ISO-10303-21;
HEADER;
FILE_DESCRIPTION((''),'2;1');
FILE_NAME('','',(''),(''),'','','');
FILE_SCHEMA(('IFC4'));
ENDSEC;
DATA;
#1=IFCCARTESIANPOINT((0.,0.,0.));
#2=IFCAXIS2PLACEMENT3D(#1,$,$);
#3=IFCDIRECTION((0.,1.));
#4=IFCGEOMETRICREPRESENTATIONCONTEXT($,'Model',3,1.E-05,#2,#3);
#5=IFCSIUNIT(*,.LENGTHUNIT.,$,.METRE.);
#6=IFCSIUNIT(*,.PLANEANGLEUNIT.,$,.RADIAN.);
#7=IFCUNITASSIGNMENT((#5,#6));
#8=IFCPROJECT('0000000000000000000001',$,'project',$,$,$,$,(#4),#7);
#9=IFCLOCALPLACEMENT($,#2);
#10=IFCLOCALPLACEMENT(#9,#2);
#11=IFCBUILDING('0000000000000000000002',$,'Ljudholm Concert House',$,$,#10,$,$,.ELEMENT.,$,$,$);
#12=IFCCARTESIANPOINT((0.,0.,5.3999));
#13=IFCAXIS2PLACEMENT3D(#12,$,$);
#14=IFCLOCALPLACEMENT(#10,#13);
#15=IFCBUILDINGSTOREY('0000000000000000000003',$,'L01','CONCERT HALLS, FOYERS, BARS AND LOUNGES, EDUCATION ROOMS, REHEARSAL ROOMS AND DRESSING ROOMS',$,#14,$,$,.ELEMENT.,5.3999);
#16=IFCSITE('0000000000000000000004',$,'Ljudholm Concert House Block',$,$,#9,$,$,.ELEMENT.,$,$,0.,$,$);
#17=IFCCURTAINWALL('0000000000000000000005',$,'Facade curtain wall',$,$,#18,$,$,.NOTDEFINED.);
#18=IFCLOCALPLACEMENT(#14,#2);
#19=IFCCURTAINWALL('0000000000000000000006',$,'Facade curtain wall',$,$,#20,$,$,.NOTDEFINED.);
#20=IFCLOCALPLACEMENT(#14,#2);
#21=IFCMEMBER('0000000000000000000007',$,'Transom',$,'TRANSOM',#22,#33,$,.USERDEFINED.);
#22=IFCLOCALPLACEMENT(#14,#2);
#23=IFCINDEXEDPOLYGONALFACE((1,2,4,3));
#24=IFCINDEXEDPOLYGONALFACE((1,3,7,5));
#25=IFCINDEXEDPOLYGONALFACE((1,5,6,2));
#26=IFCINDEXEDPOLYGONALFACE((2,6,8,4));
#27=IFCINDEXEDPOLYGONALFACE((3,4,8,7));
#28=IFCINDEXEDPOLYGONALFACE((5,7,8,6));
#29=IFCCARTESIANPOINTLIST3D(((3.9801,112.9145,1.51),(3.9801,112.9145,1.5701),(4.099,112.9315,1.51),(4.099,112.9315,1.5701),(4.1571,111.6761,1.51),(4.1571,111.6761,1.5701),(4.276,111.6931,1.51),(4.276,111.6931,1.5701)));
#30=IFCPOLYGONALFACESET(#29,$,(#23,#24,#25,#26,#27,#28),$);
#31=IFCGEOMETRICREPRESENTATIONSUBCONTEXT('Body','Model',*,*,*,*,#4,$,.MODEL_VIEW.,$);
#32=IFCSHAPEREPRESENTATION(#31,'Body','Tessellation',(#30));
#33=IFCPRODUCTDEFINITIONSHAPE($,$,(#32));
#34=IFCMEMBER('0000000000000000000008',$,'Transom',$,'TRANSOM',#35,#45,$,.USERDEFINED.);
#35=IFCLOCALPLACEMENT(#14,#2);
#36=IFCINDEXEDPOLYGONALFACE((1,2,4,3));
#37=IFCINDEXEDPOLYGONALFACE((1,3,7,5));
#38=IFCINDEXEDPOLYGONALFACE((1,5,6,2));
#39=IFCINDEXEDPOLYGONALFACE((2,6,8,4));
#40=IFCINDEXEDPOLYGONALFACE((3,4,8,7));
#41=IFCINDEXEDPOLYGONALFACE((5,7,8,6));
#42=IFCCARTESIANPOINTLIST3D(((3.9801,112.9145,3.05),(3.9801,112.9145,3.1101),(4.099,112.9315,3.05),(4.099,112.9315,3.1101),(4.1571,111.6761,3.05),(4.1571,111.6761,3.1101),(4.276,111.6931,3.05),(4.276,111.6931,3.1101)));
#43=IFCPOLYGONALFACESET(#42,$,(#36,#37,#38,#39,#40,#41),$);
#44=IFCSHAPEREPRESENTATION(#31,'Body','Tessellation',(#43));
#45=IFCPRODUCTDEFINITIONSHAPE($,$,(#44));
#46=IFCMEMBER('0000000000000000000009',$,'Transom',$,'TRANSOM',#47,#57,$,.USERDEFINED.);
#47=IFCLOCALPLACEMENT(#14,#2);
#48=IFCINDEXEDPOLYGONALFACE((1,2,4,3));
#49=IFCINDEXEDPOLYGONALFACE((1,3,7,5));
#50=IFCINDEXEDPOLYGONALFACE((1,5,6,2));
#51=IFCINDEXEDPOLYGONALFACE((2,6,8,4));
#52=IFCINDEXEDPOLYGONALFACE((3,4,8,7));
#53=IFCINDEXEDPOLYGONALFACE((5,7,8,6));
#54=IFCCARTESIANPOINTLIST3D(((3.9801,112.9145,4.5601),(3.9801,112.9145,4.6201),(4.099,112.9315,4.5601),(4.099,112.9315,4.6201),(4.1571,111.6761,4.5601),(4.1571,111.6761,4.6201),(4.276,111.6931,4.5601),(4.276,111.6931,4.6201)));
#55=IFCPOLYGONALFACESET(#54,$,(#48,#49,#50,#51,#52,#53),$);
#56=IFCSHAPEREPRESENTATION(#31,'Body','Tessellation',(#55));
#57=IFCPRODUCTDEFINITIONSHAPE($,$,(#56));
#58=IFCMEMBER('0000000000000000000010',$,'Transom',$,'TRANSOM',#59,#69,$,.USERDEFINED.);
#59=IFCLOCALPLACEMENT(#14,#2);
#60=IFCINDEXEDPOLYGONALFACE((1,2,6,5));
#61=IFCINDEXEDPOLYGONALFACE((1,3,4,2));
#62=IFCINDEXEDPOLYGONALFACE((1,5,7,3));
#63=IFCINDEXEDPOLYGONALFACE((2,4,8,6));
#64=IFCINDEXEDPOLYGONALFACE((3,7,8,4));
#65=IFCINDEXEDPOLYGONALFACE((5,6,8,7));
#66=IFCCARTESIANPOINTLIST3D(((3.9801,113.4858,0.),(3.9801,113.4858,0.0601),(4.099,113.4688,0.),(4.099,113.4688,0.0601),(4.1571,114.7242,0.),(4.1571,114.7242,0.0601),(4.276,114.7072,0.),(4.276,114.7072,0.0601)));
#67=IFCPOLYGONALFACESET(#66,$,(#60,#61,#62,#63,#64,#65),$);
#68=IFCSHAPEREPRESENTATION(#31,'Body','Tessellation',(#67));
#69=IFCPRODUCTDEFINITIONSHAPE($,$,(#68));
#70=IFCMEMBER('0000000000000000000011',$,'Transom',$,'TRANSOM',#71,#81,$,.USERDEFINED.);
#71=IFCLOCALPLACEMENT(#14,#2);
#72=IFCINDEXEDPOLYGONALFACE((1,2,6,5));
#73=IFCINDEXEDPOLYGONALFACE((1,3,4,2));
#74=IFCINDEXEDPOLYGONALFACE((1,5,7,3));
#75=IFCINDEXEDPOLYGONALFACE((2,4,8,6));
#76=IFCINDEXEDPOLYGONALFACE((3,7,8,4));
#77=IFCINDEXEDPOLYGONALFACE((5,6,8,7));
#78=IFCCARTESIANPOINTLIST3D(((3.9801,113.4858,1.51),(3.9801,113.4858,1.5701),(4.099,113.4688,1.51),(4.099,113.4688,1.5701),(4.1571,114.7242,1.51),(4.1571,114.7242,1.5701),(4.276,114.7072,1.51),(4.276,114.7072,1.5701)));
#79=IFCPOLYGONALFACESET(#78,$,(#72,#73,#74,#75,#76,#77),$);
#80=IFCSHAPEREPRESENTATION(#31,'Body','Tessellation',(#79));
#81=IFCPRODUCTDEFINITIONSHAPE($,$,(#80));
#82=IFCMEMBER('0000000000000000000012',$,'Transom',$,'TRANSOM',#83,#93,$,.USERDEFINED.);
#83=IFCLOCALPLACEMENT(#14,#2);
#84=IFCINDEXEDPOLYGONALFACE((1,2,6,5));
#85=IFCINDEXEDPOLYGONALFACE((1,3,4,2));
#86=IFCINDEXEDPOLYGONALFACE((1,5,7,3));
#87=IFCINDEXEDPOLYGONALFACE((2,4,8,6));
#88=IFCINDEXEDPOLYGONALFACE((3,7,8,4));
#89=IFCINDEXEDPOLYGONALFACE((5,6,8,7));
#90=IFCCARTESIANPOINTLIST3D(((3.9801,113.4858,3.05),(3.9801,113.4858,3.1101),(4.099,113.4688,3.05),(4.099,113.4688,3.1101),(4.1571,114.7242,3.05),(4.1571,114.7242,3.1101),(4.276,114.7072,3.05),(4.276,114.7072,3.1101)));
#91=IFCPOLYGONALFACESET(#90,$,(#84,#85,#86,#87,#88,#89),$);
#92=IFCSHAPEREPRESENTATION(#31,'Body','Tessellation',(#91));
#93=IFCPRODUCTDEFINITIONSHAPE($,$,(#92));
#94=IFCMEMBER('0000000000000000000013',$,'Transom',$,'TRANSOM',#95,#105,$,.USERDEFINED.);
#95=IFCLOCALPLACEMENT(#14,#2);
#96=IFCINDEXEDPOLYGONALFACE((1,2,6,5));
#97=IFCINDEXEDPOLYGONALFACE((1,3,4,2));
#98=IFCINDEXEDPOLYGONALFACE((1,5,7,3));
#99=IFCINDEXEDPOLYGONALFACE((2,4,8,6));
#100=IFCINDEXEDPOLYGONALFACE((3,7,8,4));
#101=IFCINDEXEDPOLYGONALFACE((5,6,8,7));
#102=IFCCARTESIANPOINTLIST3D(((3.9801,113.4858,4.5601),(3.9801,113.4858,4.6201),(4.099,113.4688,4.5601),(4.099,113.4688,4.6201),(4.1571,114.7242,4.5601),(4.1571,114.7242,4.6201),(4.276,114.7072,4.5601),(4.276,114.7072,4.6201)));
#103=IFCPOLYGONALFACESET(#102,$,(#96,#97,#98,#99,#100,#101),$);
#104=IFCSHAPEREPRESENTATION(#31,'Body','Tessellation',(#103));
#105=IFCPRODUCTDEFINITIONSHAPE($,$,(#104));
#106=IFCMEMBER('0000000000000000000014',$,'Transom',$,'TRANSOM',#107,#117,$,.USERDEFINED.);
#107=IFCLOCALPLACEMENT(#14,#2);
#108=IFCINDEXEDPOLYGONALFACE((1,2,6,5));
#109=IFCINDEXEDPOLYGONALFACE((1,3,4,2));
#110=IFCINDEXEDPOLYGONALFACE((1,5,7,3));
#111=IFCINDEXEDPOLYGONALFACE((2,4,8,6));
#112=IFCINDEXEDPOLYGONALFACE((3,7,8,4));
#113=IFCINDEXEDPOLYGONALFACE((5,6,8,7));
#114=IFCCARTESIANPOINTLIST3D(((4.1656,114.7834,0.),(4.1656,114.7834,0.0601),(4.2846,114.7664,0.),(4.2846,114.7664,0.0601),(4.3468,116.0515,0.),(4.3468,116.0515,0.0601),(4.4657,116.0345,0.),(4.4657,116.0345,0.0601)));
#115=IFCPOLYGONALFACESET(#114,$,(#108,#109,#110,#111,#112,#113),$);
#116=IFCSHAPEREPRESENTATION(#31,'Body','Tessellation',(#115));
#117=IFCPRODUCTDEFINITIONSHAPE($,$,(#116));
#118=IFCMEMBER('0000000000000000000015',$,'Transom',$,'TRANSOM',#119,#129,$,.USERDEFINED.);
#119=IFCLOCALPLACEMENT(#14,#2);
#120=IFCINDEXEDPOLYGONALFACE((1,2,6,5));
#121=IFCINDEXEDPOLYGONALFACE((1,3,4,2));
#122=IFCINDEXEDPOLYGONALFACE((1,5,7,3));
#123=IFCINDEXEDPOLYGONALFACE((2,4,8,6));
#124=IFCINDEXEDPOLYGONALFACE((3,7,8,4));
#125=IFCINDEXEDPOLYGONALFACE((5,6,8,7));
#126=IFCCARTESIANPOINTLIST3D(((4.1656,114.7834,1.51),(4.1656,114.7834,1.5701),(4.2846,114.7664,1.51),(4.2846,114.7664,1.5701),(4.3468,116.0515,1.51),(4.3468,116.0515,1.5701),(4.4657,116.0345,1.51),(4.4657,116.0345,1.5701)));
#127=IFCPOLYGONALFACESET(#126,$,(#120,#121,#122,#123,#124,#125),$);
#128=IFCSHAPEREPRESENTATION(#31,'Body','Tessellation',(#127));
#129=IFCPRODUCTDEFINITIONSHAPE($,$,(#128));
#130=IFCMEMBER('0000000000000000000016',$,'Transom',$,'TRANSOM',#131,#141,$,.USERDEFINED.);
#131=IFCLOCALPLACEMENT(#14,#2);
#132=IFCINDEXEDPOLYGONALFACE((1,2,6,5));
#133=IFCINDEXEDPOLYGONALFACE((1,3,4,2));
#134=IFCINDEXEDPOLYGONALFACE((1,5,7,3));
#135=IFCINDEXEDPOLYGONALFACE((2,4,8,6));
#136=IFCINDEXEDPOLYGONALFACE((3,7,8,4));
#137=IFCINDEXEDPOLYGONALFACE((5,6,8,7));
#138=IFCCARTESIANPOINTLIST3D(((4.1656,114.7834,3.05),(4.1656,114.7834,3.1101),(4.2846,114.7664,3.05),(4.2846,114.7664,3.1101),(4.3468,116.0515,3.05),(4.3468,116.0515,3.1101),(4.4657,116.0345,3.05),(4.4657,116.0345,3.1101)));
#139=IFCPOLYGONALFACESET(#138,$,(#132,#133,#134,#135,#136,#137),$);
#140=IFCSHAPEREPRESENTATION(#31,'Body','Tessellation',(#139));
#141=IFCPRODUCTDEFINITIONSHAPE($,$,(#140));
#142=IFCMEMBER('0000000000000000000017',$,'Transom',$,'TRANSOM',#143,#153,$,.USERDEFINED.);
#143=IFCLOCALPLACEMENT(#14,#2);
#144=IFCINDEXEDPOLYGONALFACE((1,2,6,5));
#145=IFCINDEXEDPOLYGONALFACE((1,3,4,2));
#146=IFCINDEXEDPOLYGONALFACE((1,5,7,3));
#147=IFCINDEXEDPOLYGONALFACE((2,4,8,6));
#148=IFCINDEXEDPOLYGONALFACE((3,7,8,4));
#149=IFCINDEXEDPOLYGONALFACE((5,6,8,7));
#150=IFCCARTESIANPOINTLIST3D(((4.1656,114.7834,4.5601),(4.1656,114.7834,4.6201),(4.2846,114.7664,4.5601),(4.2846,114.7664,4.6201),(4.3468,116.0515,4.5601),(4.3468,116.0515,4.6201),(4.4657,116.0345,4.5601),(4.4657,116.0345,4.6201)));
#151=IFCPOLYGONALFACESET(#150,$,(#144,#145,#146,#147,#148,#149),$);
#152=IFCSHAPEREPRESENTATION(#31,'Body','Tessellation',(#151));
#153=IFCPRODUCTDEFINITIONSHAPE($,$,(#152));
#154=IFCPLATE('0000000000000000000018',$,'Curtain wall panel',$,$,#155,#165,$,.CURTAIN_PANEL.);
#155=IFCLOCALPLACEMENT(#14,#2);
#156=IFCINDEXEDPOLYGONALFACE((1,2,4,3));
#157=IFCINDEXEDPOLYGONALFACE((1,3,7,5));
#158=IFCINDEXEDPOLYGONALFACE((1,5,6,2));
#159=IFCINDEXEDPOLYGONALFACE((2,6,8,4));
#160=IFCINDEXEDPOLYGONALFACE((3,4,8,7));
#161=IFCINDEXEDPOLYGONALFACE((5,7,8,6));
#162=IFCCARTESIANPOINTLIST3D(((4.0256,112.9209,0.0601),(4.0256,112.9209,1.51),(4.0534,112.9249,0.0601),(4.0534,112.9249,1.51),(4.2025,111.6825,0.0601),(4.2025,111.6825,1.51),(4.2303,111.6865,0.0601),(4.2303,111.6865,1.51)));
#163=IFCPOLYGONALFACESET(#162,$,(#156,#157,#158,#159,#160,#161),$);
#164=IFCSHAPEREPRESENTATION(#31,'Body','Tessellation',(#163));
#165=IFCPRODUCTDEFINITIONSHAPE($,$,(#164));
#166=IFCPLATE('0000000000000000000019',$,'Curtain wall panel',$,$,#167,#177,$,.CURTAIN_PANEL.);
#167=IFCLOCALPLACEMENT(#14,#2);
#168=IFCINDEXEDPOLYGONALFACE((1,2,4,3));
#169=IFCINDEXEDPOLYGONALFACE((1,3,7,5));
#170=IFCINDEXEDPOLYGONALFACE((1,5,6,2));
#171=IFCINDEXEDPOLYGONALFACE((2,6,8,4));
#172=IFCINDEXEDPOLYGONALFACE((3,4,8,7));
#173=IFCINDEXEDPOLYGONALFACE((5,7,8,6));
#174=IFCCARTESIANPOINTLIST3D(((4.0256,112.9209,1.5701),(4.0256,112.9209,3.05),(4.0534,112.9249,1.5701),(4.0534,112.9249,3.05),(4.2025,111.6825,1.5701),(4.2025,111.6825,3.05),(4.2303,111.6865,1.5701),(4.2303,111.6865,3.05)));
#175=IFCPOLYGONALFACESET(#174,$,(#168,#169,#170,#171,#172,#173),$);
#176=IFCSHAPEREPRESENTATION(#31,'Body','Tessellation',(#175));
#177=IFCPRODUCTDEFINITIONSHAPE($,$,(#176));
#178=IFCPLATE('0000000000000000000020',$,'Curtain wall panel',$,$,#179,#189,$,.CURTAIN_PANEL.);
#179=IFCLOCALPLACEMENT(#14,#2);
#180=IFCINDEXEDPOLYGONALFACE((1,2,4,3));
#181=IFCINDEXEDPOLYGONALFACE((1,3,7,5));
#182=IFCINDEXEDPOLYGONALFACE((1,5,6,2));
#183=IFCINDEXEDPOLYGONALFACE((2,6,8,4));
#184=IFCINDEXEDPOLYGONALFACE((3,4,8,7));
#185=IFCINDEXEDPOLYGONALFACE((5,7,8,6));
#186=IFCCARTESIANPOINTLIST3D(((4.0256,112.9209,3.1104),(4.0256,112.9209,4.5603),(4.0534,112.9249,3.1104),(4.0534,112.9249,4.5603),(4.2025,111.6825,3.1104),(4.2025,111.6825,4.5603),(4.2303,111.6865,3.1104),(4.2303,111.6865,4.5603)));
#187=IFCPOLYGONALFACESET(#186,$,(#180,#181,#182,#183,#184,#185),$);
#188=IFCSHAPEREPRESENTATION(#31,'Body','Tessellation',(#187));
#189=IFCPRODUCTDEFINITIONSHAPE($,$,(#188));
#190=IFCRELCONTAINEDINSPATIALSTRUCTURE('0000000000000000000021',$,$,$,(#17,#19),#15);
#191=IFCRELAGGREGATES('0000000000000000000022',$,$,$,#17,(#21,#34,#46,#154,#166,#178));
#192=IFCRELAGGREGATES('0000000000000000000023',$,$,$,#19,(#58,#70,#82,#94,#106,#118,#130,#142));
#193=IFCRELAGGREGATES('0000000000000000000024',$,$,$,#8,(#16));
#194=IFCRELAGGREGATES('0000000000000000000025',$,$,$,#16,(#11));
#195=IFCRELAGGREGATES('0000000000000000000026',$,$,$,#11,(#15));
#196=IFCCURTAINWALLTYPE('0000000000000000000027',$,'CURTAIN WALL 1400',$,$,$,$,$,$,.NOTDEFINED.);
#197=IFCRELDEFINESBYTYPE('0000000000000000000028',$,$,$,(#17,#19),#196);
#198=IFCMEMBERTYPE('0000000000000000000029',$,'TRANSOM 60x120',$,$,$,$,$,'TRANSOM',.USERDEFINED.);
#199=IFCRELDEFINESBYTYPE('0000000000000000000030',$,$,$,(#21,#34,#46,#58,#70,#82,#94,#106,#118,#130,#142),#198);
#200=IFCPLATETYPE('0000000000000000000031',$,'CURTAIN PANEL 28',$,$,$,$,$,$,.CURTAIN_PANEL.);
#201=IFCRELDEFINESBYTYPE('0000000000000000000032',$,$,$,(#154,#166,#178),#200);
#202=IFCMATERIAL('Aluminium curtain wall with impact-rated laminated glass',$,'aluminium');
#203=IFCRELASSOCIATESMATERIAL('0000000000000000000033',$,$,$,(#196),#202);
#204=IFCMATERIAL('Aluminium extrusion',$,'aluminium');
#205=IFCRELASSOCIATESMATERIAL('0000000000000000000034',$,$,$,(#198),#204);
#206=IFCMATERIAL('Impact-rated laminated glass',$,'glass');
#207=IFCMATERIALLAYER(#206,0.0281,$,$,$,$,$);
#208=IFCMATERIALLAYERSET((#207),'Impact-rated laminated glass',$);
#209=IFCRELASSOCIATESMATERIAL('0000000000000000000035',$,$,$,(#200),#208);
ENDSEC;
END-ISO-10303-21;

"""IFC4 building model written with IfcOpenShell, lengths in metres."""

from ifc_helpers import new_model, si_unit, direction, frame, origin, origin_2d, place, context, subcontext, project, spatial, rectangle, extrude, material, layer, layer_set, material_profile, profile_set, type_object, element, aggregate, save


model = new_model("IFC4")

# Units and contexts
model_context = context("Model", 3, precision=1e-05, world=origin(), true_north=direction((0.0, 1.0)))
body_context = subcontext(model_context, "Body", "Model", "MODEL_VIEW")
ifc_project = project(units=[si_unit("LENGTHUNIT", "METRE"), si_unit("PLANEANGLEUNIT", "RADIAN")], contexts=[model_context])

# Site, building, storey
site_placement = place(None, origin())
site = spatial("IfcSite", under=ifc_project, at=site_placement, Name="Ljudholm Concert House Block", CompositionType="ELEMENT", RefElevation=0.0)
building_placement = place(site_placement, origin())
building = spatial("IfcBuilding", under=site, at=building_placement, Name="Ljudholm Concert House", CompositionType="ELEMENT")
storey_placement = place(building_placement, frame((0.0, 0.0, 5.3999)))
storey = spatial("IfcBuildingStorey", under=building, at=storey_placement, Name="L01", Description="CONCERT HALLS, FOYERS, BARS AND LOUNGES, EDUCATION ROOMS, REHEARSAL ROOMS AND DRESSING ROOMS", CompositionType="ELEMENT", Elevation=5.3999)

# Curtain wall
ifc_material_1 = material(Name="Aluminium curtain wall with impact-rated laminated glass", Category="aluminium")
curtain_wall_type = type_object("IfcCurtainWallType", Name="CURTAIN WALL 1400", PredefinedType="NOTDEFINED", material=ifc_material_1)
curtain_wall_1_placement = place(storey_placement, origin())
curtain_wall_1 = element("IfcCurtainWall", 1, at=curtain_wall_1_placement, inside=storey, type_object=curtain_wall_type, Name="Facade curtain wall", PredefinedType="NOTDEFINED")

# Curtain wall
curtain_wall_2_placement = place(storey_placement, origin())
curtain_wall_2 = element("IfcCurtainWall", 2, at=curtain_wall_2_placement, inside=storey, type_object=curtain_wall_type, Name="Facade curtain wall", PredefinedType="NOTDEFINED")

# Members
ifc_material_2 = material(Name="Aluminium extrusion", Category="aluminium")
ifc_material_profile_1 = material_profile(ifc_material_2, rectangle(XDim=0.1201, YDim=0.0601, at=origin_2d()), Name="TRANSOM 60x120")
ifc_profile_set_1 = profile_set([ifc_material_profile_1], Name="Aluminium extrusion")
member_type_1 = type_object("IfcMemberType", Name="TRANSOM 60x120", ElementType="TRANSOM", PredefinedType="USERDEFINED", material=ifc_profile_set_1)
member_1_placement = place(storey_placement, frame((4.2166, 111.6846, 1.54), z_axis=(-0.141503, 0.989938, 0.0), x_axis=(-0.989938, -0.141503, 0.0)))
member_1 = element("IfcMember", 3, at=member_1_placement, type_object=member_type_1, Name="Transom", ObjectType="TRANSOM", PredefinedType="USERDEFINED", context=body_context, shape_type="SweptSolid", body=[
    extrude(rectangle(XDim=0.1201, YDim=0.0601, at=origin_2d()), origin(), (0.0, 0.0, 1.0), 1.251),
])
member_2_placement = place(storey_placement, frame((4.2166, 111.6846, 3.0801), z_axis=(-0.141503, 0.989938, 0.0), x_axis=(-0.989938, -0.141503, 0.0)))
member_2 = element("IfcMember", 4, at=member_2_placement, type_object=member_type_1, Name="Transom", ObjectType="TRANSOM", PredefinedType="USERDEFINED", context=body_context, shape_type="SweptSolid", body=[
    extrude(rectangle(XDim=0.1201, YDim=0.0601, at=origin_2d()), origin(), (0.0, 0.0, 1.0), 1.251),
])
member_3_placement = place(storey_placement, frame((4.2166, 111.6846, 4.5901), z_axis=(-0.141503, 0.989938, 0.0), x_axis=(-0.989938, -0.141503, 0.0)))
member_3 = element("IfcMember", 5, at=member_3_placement, type_object=member_type_1, Name="Transom", ObjectType="TRANSOM", PredefinedType="USERDEFINED", context=body_context, shape_type="SweptSolid", body=[
    extrude(rectangle(XDim=0.1201, YDim=0.0601, at=origin_2d()), origin(), (0.0, 0.0, 1.0), 1.251),
])
member_4_placement = place(storey_placement, frame((4.0396, 113.4773, 0.03), z_axis=(0.141503, 0.989938, 0.0), x_axis=(-0.989938, 0.141503, 0.0)))
member_4 = element("IfcMember", 6, at=member_4_placement, type_object=member_type_1, Name="Transom", ObjectType="TRANSOM", PredefinedType="USERDEFINED", context=body_context, shape_type="SweptSolid", body=[
    extrude(rectangle(XDim=0.1201, YDim=0.0601, at=origin_2d()), origin(), (0.0, 0.0, 1.0), 1.251),
])
member_5_placement = place(storey_placement, frame((4.0396, 113.4773, 1.54), z_axis=(0.141503, 0.989938, 0.0), x_axis=(-0.989938, 0.141503, 0.0)))
member_5 = element("IfcMember", 7, at=member_5_placement, type_object=member_type_1, Name="Transom", ObjectType="TRANSOM", PredefinedType="USERDEFINED", context=body_context, shape_type="SweptSolid", body=[
    extrude(rectangle(XDim=0.1201, YDim=0.0601, at=origin_2d()), origin(), (0.0, 0.0, 1.0), 1.251),
])
member_6_placement = place(storey_placement, frame((4.0396, 113.4773, 3.0801), z_axis=(0.141503, 0.989938, 0.0), x_axis=(-0.989938, 0.141503, 0.0)))
member_6 = element("IfcMember", 8, at=member_6_placement, type_object=member_type_1, Name="Transom", ObjectType="TRANSOM", PredefinedType="USERDEFINED", context=body_context, shape_type="SweptSolid", body=[
    extrude(rectangle(XDim=0.1201, YDim=0.0601, at=origin_2d()), origin(), (0.0, 0.0, 1.0), 1.251),
])
member_7_placement = place(storey_placement, frame((4.0396, 113.4773, 4.5901), z_axis=(0.141503, 0.989938, 0.0), x_axis=(-0.989938, 0.141503, 0.0)))
member_7 = element("IfcMember", 9, at=member_7_placement, type_object=member_type_1, Name="Transom", ObjectType="TRANSOM", PredefinedType="USERDEFINED", context=body_context, shape_type="SweptSolid", body=[
    extrude(rectangle(XDim=0.1201, YDim=0.0601, at=origin_2d()), origin(), (0.0, 0.0, 1.0), 1.251),
])
member_8_placement = place(storey_placement, frame((4.2251, 114.7749, 0.03), z_axis=(0.141421, 0.989949, 0.0), x_axis=(-0.989949, 0.141421, 0.0)))
member_8 = element("IfcMember", 10, at=member_8_placement, type_object=member_type_1, Name="Transom", ObjectType="TRANSOM", PredefinedType="USERDEFINED", context=body_context, shape_type="SweptSolid", body=[
    extrude(rectangle(XDim=0.1201, YDim=0.0601, at=origin_2d()), origin(), (0.0, 0.0, 1.0), 1.281),
])
member_9_placement = place(storey_placement, frame((4.2251, 114.7749, 1.54), z_axis=(0.141421, 0.989949, 0.0), x_axis=(-0.989949, 0.141421, 0.0)))
member_9 = element("IfcMember", 11, at=member_9_placement, type_object=member_type_1, Name="Transom", ObjectType="TRANSOM", PredefinedType="USERDEFINED", context=body_context, shape_type="SweptSolid", body=[
    extrude(rectangle(XDim=0.1201, YDim=0.0601, at=origin_2d()), origin(), (0.0, 0.0, 1.0), 1.281),
])
member_10_placement = place(storey_placement, frame((4.2251, 114.7749, 3.0801), z_axis=(0.141421, 0.989949, 0.0), x_axis=(-0.989949, 0.141421, 0.0)))
member_10 = element("IfcMember", 12, at=member_10_placement, type_object=member_type_1, Name="Transom", ObjectType="TRANSOM", PredefinedType="USERDEFINED", context=body_context, shape_type="SweptSolid", body=[
    extrude(rectangle(XDim=0.1201, YDim=0.0601, at=origin_2d()), origin(), (0.0, 0.0, 1.0), 1.281),
])
member_11_placement = place(storey_placement, frame((4.2251, 114.7749, 4.5901), z_axis=(0.141421, 0.989949, 0.0), x_axis=(-0.989949, 0.141421, 0.0)))
member_11 = element("IfcMember", 13, at=member_11_placement, type_object=member_type_1, Name="Transom", ObjectType="TRANSOM", PredefinedType="USERDEFINED", context=body_context, shape_type="SweptSolid", body=[
    extrude(rectangle(XDim=0.1201, YDim=0.0601, at=origin_2d()), origin(), (0.0, 0.0, 1.0), 1.281),
])

# Plates
ifc_material_3 = material(Name="Impact-rated laminated glass", Category="glass")
ifc_layer = layer(ifc_material_3, 0.0281)
ifc_layer_set = layer_set([ifc_layer], Name="Impact-rated laminated glass")
plate_type = type_object("IfcPlateType", Name="CURTAIN PANEL 28", PredefinedType="CURTAIN_PANEL", material=ifc_layer_set)
plate_1_placement = place(storey_placement, frame((4.1279, 112.3037, 0.0601), z_axis=(0.0, 0.0, 1.0), x_axis=(-0.141421, 0.989949, 0.0)))
plate_1 = element("IfcPlate", 14, at=plate_1_placement, type_object=plate_type, Name="Curtain wall panel", PredefinedType="CURTAIN_PANEL", context=body_context, shape_type="SweptSolid", body=[
    extrude(rectangle(XDim=1.251, YDim=0.0281, at=origin_2d()), origin(), (0.0, 0.0, 1.0), 1.45),
])
plate_2_placement = place(storey_placement, frame((4.1279, 112.3037, 1.5701), z_axis=(0.0, 0.0, 1.0), x_axis=(-0.141421, 0.989949, 0.0)))
plate_2 = element("IfcPlate", 15, at=plate_2_placement, type_object=plate_type, Name="Curtain wall panel", PredefinedType="CURTAIN_PANEL", context=body_context, shape_type="SweptSolid", body=[
    extrude(rectangle(XDim=1.251, YDim=0.0281, at=origin_2d()), origin(), (0.0, 0.0, 1.0), 1.48),
])
plate_3_placement = place(storey_placement, frame((4.1279, 112.3037, 3.1104), z_axis=(0.0, 0.0, 1.0), x_axis=(-0.141421, 0.989949, 0.0)))
plate_3 = element("IfcPlate", 16, at=plate_3_placement, type_object=plate_type, Name="Curtain wall panel", PredefinedType="CURTAIN_PANEL", context=body_context, shape_type="SweptSolid", body=[
    extrude(rectangle(XDim=1.251, YDim=0.0281, at=origin_2d()), origin(), (0.0, 0.0, 1.0), 1.45),
])
aggregate(curtain_wall_1, [member_1, member_2, member_3, plate_1, plate_2, plate_3])
aggregate(curtain_wall_2, [member_4, member_5, member_6, member_7, member_8, member_9, member_10, member_11])

save(model, "model.ifc")
